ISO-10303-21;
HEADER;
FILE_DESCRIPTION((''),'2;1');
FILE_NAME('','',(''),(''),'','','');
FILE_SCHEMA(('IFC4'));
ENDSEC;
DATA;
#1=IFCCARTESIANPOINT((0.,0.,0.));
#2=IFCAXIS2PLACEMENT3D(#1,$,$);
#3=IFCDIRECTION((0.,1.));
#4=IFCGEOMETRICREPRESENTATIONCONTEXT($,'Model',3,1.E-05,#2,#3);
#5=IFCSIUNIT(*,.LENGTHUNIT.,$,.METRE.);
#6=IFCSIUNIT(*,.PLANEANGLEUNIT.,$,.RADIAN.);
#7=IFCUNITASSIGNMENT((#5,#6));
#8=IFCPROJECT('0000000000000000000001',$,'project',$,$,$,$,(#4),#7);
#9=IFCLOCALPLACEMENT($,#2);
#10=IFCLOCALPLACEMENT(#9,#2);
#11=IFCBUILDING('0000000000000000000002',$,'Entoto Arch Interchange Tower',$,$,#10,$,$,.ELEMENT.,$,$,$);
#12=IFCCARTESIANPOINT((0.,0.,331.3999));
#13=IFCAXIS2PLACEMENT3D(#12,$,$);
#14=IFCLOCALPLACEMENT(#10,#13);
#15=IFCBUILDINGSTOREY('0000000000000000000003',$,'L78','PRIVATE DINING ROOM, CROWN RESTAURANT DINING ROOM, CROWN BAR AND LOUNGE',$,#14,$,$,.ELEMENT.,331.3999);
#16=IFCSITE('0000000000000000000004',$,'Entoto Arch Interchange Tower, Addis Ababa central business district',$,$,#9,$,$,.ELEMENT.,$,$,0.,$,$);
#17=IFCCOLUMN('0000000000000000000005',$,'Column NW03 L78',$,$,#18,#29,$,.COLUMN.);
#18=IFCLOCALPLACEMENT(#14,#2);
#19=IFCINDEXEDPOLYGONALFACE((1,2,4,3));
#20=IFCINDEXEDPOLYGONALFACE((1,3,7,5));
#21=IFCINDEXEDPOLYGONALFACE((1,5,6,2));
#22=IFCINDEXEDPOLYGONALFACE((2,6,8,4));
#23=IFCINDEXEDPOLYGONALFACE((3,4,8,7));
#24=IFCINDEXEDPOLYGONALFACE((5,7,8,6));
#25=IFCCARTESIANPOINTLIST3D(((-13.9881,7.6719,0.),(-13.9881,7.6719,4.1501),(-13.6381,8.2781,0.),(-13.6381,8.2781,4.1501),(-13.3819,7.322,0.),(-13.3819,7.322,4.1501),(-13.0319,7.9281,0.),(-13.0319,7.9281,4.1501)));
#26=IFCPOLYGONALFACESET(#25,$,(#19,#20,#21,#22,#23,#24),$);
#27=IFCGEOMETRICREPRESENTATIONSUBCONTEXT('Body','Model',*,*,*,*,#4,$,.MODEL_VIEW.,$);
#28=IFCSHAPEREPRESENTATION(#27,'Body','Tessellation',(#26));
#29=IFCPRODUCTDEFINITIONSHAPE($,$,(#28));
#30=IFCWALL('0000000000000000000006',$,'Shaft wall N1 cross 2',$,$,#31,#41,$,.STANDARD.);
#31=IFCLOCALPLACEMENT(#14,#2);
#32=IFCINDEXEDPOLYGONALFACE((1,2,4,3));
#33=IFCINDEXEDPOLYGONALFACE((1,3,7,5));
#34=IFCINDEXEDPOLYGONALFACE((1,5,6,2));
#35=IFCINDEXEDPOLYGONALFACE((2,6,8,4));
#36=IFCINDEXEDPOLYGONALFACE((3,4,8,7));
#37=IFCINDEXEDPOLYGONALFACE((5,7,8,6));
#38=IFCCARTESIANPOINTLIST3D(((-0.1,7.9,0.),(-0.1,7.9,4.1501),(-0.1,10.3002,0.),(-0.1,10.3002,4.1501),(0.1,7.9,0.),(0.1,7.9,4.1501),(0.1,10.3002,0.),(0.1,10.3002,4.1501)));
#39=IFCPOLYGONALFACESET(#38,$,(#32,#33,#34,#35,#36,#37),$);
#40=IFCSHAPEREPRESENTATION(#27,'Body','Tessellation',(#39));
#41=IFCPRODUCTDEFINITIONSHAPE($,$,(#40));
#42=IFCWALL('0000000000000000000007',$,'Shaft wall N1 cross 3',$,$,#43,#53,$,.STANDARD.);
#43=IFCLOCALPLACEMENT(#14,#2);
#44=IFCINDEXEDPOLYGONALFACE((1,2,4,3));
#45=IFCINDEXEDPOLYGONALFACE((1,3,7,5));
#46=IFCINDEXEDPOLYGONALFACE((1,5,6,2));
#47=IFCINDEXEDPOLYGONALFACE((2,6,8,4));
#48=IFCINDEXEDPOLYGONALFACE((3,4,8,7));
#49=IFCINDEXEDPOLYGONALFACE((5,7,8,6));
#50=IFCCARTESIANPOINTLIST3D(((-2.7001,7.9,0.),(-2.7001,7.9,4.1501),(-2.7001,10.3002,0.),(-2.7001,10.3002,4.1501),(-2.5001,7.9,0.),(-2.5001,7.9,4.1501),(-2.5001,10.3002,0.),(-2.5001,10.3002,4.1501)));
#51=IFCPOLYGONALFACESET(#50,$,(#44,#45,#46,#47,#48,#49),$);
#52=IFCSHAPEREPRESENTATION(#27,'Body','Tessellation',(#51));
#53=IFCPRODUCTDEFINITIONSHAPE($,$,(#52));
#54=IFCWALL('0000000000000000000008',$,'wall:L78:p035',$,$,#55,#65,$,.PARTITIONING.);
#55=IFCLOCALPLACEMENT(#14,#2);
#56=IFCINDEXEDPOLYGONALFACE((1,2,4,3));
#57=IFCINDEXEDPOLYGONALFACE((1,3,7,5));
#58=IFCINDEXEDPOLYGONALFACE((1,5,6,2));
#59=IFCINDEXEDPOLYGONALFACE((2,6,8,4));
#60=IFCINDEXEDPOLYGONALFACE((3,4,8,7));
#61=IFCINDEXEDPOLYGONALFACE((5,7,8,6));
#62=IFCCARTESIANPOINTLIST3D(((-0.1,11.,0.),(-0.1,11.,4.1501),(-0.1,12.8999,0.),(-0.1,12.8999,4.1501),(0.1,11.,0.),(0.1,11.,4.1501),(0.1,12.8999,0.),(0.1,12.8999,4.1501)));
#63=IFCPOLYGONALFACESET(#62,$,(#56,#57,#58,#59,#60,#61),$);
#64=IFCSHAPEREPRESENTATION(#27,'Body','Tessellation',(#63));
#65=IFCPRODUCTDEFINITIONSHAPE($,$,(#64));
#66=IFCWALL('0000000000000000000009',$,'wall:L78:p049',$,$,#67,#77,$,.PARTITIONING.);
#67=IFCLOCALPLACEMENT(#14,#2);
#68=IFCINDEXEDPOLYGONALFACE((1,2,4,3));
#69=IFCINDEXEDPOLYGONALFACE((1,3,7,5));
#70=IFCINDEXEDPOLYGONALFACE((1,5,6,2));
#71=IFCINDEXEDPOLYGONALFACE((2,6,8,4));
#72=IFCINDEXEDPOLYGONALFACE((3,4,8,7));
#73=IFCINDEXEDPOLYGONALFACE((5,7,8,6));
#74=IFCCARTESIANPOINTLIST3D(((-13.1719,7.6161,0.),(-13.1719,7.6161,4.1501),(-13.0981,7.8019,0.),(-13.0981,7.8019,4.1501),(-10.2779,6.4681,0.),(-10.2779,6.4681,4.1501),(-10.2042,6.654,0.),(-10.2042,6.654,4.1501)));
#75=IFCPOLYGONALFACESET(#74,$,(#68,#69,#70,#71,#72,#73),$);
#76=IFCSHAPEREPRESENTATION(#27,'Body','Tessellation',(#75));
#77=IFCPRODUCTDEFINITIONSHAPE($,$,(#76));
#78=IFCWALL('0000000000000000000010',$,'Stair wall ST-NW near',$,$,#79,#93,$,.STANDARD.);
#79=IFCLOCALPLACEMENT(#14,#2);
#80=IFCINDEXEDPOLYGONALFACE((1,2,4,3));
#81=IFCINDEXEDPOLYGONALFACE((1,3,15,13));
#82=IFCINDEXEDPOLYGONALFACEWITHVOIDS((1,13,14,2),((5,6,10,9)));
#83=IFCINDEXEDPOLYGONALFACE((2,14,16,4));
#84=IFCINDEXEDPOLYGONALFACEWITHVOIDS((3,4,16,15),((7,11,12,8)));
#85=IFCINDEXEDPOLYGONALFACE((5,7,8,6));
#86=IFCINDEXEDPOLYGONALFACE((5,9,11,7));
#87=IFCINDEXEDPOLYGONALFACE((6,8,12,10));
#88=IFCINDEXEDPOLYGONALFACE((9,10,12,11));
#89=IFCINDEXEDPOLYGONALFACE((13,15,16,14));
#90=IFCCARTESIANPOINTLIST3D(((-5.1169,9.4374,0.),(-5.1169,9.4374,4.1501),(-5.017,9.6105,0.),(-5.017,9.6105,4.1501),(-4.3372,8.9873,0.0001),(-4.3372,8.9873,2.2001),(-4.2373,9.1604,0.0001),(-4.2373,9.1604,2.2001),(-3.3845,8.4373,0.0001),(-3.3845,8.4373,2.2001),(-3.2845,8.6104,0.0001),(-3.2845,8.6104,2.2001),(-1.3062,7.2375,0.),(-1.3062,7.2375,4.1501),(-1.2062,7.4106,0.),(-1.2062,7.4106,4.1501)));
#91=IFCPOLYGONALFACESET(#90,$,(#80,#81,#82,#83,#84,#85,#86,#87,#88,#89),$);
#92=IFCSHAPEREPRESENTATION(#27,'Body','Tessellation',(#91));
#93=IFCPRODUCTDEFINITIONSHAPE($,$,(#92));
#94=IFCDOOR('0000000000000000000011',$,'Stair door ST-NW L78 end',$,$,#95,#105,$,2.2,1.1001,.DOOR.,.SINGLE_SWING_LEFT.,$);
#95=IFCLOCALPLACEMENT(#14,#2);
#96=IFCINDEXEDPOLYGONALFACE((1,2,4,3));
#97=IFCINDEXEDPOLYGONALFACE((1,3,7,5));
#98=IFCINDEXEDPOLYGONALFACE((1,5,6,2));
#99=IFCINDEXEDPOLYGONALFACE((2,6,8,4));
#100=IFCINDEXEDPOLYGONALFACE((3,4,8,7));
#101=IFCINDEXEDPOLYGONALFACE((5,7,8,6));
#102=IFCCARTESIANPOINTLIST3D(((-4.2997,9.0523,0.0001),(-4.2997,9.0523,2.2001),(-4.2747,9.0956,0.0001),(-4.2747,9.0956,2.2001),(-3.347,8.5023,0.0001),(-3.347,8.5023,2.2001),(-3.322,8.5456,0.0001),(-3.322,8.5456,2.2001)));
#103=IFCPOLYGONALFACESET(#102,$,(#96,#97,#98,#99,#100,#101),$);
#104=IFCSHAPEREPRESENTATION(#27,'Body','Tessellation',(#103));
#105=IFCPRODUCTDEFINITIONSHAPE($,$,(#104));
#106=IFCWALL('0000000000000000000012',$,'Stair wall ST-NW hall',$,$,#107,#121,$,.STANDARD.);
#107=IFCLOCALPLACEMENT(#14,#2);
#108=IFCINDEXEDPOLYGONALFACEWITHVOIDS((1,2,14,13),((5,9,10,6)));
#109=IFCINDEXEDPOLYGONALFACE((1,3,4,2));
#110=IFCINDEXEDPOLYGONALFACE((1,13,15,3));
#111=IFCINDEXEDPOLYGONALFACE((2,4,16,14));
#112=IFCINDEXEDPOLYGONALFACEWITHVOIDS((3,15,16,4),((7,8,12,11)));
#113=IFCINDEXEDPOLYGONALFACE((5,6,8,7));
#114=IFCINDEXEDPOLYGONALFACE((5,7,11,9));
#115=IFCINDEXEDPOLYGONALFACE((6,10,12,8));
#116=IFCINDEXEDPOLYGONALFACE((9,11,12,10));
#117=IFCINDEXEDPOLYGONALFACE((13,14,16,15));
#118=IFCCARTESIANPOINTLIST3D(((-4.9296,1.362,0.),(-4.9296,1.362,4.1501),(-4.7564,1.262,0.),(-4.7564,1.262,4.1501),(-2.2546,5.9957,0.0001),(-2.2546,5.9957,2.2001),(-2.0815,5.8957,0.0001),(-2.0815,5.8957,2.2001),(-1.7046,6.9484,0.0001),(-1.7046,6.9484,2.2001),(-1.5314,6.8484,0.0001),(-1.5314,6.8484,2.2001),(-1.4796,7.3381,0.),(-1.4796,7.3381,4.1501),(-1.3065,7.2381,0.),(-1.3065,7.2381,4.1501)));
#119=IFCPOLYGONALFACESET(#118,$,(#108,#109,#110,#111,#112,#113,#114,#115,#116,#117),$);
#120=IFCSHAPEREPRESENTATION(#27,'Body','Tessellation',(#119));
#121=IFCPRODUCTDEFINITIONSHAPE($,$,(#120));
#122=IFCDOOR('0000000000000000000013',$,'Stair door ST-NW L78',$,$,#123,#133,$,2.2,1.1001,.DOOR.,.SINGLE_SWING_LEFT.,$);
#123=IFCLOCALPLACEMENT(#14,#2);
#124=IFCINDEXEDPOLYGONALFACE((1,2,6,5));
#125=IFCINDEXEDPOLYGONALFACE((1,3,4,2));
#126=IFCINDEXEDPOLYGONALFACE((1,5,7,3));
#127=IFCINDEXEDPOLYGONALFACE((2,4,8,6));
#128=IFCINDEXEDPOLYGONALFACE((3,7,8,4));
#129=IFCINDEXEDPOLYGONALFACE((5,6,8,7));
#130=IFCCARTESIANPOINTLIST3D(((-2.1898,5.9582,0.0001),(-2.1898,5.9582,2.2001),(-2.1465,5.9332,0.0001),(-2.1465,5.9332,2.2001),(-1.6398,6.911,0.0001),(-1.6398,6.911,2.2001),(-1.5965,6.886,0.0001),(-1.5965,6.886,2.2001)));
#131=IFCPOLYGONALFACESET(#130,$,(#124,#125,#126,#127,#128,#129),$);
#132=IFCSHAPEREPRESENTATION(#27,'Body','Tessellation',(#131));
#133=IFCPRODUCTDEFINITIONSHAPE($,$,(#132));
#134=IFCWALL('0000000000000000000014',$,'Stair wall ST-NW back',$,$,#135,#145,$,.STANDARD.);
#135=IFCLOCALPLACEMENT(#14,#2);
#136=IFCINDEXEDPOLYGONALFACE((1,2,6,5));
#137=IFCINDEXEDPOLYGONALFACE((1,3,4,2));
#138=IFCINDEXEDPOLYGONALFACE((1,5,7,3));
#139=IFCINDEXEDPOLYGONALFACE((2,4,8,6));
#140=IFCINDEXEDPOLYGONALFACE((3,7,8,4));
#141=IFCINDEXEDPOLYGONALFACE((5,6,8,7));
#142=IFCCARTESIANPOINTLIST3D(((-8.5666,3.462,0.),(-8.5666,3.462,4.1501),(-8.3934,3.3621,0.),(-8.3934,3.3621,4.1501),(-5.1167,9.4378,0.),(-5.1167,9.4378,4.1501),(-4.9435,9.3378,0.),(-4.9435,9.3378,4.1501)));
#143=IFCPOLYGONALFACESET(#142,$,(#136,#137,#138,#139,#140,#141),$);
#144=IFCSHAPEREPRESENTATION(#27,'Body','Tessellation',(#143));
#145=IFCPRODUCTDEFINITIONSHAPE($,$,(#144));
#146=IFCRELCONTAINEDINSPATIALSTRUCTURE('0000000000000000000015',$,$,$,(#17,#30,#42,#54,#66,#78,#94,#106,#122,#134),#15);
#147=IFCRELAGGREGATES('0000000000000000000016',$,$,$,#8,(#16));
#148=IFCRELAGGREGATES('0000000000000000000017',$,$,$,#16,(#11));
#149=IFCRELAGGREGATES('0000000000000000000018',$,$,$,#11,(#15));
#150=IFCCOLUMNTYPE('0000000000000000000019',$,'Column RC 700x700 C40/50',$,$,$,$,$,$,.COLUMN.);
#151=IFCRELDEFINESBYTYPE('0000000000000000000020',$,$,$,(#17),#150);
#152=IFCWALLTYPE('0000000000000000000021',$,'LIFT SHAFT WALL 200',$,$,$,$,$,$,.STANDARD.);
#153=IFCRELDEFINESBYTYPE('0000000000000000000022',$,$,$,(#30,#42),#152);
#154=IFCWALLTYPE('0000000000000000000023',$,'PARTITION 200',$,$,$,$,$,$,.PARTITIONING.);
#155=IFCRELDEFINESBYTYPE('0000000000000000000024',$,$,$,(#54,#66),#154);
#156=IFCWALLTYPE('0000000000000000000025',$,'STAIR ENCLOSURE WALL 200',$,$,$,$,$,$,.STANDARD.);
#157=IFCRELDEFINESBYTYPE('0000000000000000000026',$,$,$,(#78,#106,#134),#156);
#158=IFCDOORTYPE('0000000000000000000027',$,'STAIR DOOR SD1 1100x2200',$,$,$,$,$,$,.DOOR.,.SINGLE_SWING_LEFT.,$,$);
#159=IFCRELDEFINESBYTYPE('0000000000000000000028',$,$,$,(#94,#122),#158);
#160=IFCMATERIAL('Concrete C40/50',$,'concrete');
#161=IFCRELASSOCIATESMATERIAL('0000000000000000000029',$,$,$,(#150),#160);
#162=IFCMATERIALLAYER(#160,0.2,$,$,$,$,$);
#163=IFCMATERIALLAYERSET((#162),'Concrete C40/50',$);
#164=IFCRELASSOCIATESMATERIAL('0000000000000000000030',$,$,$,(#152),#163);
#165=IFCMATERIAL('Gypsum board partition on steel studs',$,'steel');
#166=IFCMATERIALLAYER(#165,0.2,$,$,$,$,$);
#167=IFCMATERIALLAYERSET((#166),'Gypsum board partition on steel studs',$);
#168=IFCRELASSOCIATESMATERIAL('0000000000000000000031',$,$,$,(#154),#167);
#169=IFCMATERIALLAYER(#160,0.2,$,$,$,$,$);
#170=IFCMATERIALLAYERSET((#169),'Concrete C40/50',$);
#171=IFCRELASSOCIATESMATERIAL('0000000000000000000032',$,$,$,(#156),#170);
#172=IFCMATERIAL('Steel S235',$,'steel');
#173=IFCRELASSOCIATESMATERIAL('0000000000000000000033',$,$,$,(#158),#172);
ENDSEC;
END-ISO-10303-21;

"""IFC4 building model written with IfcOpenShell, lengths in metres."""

from ifc_helpers import new_model, si_unit, direction, frame, frame_2d, origin, origin_2d, place, context, subcontext, project, spatial, rectangle, extrude, material, layer, layer_set, material_profile, profile_set, type_object, element, fill, save


model = new_model("IFC4")

# Units and contexts
model_context = context("Model", 3, precision=1e-05, world=origin(), true_north=direction((0.0, 1.0)))
body_context = subcontext(model_context, "Body", "Model", "MODEL_VIEW")
ifc_project = project(units=[si_unit("LENGTHUNIT", "METRE"), si_unit("PLANEANGLEUNIT", "RADIAN")], contexts=[model_context])

# Site, building, storey
site_placement = place(None, origin())
site = spatial("IfcSite", under=ifc_project, at=site_placement, Name="Entoto Arch Interchange Tower, Addis Ababa central business district", CompositionType="ELEMENT", RefElevation=0.0)
building_placement = place(site_placement, origin())
building = spatial("IfcBuilding", under=site, at=building_placement, Name="Entoto Arch Interchange Tower", CompositionType="ELEMENT")
storey_placement = place(building_placement, frame((0.0, 0.0, 331.3999)))
storey = spatial("IfcBuildingStorey", under=building, at=storey_placement, Name="L78", Description="PRIVATE DINING ROOM, CROWN RESTAURANT DINING ROOM, CROWN BAR AND LOUNGE", CompositionType="ELEMENT", Elevation=331.3999)

# Column
ifc_material_1 = material(Name="Concrete C40/50", Category="concrete")
ifc_material_profile = material_profile(ifc_material_1, rectangle(XDim=0.7, YDim=0.7, at=origin_2d()))
ifc_profile_set = profile_set([ifc_material_profile], Name="Concrete C40/50")
column_type = type_object("IfcColumnType", Name="Column RC 700x700 C40/50", PredefinedType="COLUMN", material=ifc_profile_set)
column_placement = place(storey_placement, frame((-13.51, 7.8, 0.0), z_axis=(0.0, 0.0, 1.0), x_axis=(0.5, 0.866025, 0.0)))
element("IfcColumn", 1, at=column_placement, inside=storey, type_object=column_type, Name="Column NW03 L78", PredefinedType="COLUMN", context=body_context, shape_type="SweptSolid", body=[
    extrude(rectangle(XDim=0.7, YDim=0.7, at=origin_2d()), origin(), (0.0, 0.0, 1.0), 4.1501),
])

# Walls
ifc_layer_1 = layer(ifc_material_1, 0.2)
ifc_layer_set_1 = layer_set([ifc_layer_1], Name="Concrete C40/50")
wall_type_1 = type_object("IfcWallType", Name="LIFT SHAFT WALL 200", PredefinedType="STANDARD", material=ifc_layer_set_1)
for number, where, z_axis, x_axis, name in (
    (2, (0.0, 7.8999, 0.0), (0.0, 0.0, 1.0), (0.0, 1.0, 0.0), "Shaft wall N1 cross 2"),
    (3, (-2.6001, 7.8999, 0.0), (0.0, 0.0, 1.0), (0.0, 1.0, 0.0), "Shaft wall N1 cross 3"),
):
    element("IfcWall", number, at=place(storey_placement, frame(where, z_axis=z_axis, x_axis=x_axis)), inside=storey, type_object=wall_type_1, Name=name, PredefinedType="STANDARD", context=body_context, shape_type="SweptSolid", body=[
        extrude(rectangle(XDim=2.4001, YDim=0.2, at=frame_2d((1.2002, 0.0))), origin(), (0.0, 0.0, 1.0), 4.1501),
    ])
ifc_material_2 = material(Name="Gypsum board partition on steel studs", Category="steel")
ifc_layer_2 = layer(ifc_material_2, 0.2)
ifc_layer_set_2 = layer_set([ifc_layer_2], Name="Gypsum board partition on steel studs")
wall_type_2 = type_object("IfcWallType", Name="PARTITION 200", PredefinedType="PARTITIONING", material=ifc_layer_set_2)
wall_1_placement = place(storey_placement, frame((0.0, 11.0, 0.0), z_axis=(0.0, 0.0, 1.0), x_axis=(0.0, 1.0, 0.0)))
element("IfcWall", 4, at=wall_1_placement, inside=storey, type_object=wall_type_2, Name="wall:L78:p035", PredefinedType="PARTITIONING", context=body_context, shape_type="SweptSolid", body=[
    extrude(rectangle(XDim=1.8999, YDim=0.2, at=frame_2d((0.95, 0.0))), origin(), (0.0, 0.0, 1.0), 4.1501),
])
wall_2_placement = place(storey_placement, frame((-13.135, 7.709, 0.0), z_axis=(0.0, 0.0, 1.0), x_axis=(0.929544, -0.368712, 0.0)))
element("IfcWall", 5, at=wall_2_placement, inside=storey, type_object=wall_type_2, Name="wall:L78:p049", PredefinedType="PARTITIONING", context=body_context, shape_type="SweptSolid", body=[
    extrude(rectangle(XDim=3.1133, YDim=0.2, at=frame_2d((1.5566, 0.0))), origin(), (0.0, 0.0, 1.0), 4.1501),
])

# Walls, openings, doors
ifc_layer_3 = layer(ifc_material_1, 0.2)
ifc_layer_set_3 = layer_set([ifc_layer_3], Name="Concrete C40/50")
wall_type_3 = type_object("IfcWallType", Name="STAIR ENCLOSURE WALL 200", PredefinedType="STANDARD", material=ifc_layer_set_3)
wall_3_placement = place(storey_placement, frame((-1.2561, 7.324, 0.0), z_axis=(0.0, 0.0, 1.0), x_axis=(-0.866046, 0.499964, 0.0)))
wall_3 = element("IfcWall", 6, at=wall_3_placement, inside=storey, type_object=wall_type_3, Name="Stair wall ST-NW near", PredefinedType="STANDARD", context=body_context, shape_type="SweptSolid", body=[
    extrude(rectangle(XDim=4.4001, YDim=0.2, at=frame_2d((2.2002, 0.0))), origin(), (0.0, 0.0, 1.0), 4.1501),
])
opening_1_placement = place(wall_3_placement, frame((2.3999, 0.0, 0.0)))
opening_1 = element("IfcOpeningElement", 7, at=opening_1_placement, cuts=wall_3, PredefinedType="OPENING", context=body_context, shape_type="SweptSolid", body=[
    extrude(rectangle(XDim=1.1001, YDim=2.2, at=frame_2d((0.55, 1.1001))), frame((0.0, 0.1099, 0.0), z_axis=(0.0, -1.0, 0.0), x_axis=(1.0, 0.0, 0.0)), (0.0, 0.0, 1.0), 0.22),
])
ifc_material_3 = material(Name="Steel S235", Category="steel")
door_type = type_object("IfcDoorType", Name="STAIR DOOR SD1 1100x2200", OperationType="SINGLE_SWING_LEFT", PredefinedType="DOOR", material=ifc_material_3)
door_1_placement = place(opening_1_placement, origin())
door_1 = element("IfcDoor", 8, at=door_1_placement, inside=storey, type_object=door_type, Name="Stair door ST-NW L78 end", OperationType="SINGLE_SWING_LEFT", OverallHeight=2.2, OverallWidth=1.1001, PredefinedType="DOOR", context=body_context, shape_type="SweptSolid", body=[
    extrude(rectangle(XDim=1.1001, YDim=2.2, at=frame_2d((0.55, 1.1001))), frame((0.0, 0.0249, 0.0), z_axis=(0.0, -1.0, 0.0), x_axis=(1.0, 0.0, 0.0)), (0.0, 0.0, 1.0), 0.05),
])
fill(opening_1, door_1)
wall_4_placement = place(storey_placement, frame((-1.3931, 7.2881, 0.0), z_axis=(0.0, 0.0, 1.0), x_axis=(-0.499963, -0.866047, 0.0)))
wall_4 = element("IfcWall", 9, at=wall_4_placement, inside=storey, type_object=wall_type_3, Name="Stair wall ST-NW hall", PredefinedType="STANDARD", context=body_context, shape_type="SweptSolid", body=[
    extrude(rectangle(XDim=6.9004, YDim=0.2, at=frame_2d((3.4502, 0.0))), origin(), (0.0, 0.0, 1.0), 4.1501),
])
opening_2_placement = place(wall_4_placement, frame((0.45, 0.0, 0.0)))
opening_2 = element("IfcOpeningElement", 10, at=opening_2_placement, cuts=wall_4, PredefinedType="OPENING", context=body_context, shape_type="SweptSolid", body=[
    extrude(rectangle(XDim=1.1001, YDim=2.2, at=frame_2d((0.55, 1.1001))), frame((0.0, 0.1099, 0.0), z_axis=(0.0, -1.0, 0.0), x_axis=(1.0, 0.0, 0.0)), (0.0, 0.0, 1.0), 0.22),
])
door_2_placement = place(opening_2_placement, origin())
door_2 = element("IfcDoor", 11, at=door_2_placement, inside=storey, type_object=door_type, Name="Stair door ST-NW L78", OperationType="SINGLE_SWING_LEFT", OverallHeight=2.2, OverallWidth=1.1001, PredefinedType="DOOR", context=body_context, shape_type="SweptSolid", body=[
    extrude(rectangle(XDim=1.1001, YDim=2.2, at=frame_2d((0.55, 1.1001))), frame((0.0, 0.0249, 0.0), z_axis=(0.0, -1.0, 0.0), x_axis=(1.0, 0.0, 0.0)), (0.0, 0.0, 1.0), 0.05),
])
fill(opening_2, door_2)

# Wall
wall_5_placement = place(storey_placement, frame((-5.03, 9.3879, 0.0), z_axis=(0.0, 0.0, 1.0), x_axis=(-0.499979, -0.866038, 0.0)))
element("IfcWall", 12, at=wall_5_placement, inside=storey, type_object=wall_type_3, Name="Stair wall ST-NW back", PredefinedType="STANDARD", context=body_context, shape_type="SweptSolid", body=[
    extrude(rectangle(XDim=6.9001, YDim=0.2, at=frame_2d((3.4502, 0.0))), origin(), (0.0, 0.0, 1.0), 4.1501),
])

save(model, "model.ifc")
